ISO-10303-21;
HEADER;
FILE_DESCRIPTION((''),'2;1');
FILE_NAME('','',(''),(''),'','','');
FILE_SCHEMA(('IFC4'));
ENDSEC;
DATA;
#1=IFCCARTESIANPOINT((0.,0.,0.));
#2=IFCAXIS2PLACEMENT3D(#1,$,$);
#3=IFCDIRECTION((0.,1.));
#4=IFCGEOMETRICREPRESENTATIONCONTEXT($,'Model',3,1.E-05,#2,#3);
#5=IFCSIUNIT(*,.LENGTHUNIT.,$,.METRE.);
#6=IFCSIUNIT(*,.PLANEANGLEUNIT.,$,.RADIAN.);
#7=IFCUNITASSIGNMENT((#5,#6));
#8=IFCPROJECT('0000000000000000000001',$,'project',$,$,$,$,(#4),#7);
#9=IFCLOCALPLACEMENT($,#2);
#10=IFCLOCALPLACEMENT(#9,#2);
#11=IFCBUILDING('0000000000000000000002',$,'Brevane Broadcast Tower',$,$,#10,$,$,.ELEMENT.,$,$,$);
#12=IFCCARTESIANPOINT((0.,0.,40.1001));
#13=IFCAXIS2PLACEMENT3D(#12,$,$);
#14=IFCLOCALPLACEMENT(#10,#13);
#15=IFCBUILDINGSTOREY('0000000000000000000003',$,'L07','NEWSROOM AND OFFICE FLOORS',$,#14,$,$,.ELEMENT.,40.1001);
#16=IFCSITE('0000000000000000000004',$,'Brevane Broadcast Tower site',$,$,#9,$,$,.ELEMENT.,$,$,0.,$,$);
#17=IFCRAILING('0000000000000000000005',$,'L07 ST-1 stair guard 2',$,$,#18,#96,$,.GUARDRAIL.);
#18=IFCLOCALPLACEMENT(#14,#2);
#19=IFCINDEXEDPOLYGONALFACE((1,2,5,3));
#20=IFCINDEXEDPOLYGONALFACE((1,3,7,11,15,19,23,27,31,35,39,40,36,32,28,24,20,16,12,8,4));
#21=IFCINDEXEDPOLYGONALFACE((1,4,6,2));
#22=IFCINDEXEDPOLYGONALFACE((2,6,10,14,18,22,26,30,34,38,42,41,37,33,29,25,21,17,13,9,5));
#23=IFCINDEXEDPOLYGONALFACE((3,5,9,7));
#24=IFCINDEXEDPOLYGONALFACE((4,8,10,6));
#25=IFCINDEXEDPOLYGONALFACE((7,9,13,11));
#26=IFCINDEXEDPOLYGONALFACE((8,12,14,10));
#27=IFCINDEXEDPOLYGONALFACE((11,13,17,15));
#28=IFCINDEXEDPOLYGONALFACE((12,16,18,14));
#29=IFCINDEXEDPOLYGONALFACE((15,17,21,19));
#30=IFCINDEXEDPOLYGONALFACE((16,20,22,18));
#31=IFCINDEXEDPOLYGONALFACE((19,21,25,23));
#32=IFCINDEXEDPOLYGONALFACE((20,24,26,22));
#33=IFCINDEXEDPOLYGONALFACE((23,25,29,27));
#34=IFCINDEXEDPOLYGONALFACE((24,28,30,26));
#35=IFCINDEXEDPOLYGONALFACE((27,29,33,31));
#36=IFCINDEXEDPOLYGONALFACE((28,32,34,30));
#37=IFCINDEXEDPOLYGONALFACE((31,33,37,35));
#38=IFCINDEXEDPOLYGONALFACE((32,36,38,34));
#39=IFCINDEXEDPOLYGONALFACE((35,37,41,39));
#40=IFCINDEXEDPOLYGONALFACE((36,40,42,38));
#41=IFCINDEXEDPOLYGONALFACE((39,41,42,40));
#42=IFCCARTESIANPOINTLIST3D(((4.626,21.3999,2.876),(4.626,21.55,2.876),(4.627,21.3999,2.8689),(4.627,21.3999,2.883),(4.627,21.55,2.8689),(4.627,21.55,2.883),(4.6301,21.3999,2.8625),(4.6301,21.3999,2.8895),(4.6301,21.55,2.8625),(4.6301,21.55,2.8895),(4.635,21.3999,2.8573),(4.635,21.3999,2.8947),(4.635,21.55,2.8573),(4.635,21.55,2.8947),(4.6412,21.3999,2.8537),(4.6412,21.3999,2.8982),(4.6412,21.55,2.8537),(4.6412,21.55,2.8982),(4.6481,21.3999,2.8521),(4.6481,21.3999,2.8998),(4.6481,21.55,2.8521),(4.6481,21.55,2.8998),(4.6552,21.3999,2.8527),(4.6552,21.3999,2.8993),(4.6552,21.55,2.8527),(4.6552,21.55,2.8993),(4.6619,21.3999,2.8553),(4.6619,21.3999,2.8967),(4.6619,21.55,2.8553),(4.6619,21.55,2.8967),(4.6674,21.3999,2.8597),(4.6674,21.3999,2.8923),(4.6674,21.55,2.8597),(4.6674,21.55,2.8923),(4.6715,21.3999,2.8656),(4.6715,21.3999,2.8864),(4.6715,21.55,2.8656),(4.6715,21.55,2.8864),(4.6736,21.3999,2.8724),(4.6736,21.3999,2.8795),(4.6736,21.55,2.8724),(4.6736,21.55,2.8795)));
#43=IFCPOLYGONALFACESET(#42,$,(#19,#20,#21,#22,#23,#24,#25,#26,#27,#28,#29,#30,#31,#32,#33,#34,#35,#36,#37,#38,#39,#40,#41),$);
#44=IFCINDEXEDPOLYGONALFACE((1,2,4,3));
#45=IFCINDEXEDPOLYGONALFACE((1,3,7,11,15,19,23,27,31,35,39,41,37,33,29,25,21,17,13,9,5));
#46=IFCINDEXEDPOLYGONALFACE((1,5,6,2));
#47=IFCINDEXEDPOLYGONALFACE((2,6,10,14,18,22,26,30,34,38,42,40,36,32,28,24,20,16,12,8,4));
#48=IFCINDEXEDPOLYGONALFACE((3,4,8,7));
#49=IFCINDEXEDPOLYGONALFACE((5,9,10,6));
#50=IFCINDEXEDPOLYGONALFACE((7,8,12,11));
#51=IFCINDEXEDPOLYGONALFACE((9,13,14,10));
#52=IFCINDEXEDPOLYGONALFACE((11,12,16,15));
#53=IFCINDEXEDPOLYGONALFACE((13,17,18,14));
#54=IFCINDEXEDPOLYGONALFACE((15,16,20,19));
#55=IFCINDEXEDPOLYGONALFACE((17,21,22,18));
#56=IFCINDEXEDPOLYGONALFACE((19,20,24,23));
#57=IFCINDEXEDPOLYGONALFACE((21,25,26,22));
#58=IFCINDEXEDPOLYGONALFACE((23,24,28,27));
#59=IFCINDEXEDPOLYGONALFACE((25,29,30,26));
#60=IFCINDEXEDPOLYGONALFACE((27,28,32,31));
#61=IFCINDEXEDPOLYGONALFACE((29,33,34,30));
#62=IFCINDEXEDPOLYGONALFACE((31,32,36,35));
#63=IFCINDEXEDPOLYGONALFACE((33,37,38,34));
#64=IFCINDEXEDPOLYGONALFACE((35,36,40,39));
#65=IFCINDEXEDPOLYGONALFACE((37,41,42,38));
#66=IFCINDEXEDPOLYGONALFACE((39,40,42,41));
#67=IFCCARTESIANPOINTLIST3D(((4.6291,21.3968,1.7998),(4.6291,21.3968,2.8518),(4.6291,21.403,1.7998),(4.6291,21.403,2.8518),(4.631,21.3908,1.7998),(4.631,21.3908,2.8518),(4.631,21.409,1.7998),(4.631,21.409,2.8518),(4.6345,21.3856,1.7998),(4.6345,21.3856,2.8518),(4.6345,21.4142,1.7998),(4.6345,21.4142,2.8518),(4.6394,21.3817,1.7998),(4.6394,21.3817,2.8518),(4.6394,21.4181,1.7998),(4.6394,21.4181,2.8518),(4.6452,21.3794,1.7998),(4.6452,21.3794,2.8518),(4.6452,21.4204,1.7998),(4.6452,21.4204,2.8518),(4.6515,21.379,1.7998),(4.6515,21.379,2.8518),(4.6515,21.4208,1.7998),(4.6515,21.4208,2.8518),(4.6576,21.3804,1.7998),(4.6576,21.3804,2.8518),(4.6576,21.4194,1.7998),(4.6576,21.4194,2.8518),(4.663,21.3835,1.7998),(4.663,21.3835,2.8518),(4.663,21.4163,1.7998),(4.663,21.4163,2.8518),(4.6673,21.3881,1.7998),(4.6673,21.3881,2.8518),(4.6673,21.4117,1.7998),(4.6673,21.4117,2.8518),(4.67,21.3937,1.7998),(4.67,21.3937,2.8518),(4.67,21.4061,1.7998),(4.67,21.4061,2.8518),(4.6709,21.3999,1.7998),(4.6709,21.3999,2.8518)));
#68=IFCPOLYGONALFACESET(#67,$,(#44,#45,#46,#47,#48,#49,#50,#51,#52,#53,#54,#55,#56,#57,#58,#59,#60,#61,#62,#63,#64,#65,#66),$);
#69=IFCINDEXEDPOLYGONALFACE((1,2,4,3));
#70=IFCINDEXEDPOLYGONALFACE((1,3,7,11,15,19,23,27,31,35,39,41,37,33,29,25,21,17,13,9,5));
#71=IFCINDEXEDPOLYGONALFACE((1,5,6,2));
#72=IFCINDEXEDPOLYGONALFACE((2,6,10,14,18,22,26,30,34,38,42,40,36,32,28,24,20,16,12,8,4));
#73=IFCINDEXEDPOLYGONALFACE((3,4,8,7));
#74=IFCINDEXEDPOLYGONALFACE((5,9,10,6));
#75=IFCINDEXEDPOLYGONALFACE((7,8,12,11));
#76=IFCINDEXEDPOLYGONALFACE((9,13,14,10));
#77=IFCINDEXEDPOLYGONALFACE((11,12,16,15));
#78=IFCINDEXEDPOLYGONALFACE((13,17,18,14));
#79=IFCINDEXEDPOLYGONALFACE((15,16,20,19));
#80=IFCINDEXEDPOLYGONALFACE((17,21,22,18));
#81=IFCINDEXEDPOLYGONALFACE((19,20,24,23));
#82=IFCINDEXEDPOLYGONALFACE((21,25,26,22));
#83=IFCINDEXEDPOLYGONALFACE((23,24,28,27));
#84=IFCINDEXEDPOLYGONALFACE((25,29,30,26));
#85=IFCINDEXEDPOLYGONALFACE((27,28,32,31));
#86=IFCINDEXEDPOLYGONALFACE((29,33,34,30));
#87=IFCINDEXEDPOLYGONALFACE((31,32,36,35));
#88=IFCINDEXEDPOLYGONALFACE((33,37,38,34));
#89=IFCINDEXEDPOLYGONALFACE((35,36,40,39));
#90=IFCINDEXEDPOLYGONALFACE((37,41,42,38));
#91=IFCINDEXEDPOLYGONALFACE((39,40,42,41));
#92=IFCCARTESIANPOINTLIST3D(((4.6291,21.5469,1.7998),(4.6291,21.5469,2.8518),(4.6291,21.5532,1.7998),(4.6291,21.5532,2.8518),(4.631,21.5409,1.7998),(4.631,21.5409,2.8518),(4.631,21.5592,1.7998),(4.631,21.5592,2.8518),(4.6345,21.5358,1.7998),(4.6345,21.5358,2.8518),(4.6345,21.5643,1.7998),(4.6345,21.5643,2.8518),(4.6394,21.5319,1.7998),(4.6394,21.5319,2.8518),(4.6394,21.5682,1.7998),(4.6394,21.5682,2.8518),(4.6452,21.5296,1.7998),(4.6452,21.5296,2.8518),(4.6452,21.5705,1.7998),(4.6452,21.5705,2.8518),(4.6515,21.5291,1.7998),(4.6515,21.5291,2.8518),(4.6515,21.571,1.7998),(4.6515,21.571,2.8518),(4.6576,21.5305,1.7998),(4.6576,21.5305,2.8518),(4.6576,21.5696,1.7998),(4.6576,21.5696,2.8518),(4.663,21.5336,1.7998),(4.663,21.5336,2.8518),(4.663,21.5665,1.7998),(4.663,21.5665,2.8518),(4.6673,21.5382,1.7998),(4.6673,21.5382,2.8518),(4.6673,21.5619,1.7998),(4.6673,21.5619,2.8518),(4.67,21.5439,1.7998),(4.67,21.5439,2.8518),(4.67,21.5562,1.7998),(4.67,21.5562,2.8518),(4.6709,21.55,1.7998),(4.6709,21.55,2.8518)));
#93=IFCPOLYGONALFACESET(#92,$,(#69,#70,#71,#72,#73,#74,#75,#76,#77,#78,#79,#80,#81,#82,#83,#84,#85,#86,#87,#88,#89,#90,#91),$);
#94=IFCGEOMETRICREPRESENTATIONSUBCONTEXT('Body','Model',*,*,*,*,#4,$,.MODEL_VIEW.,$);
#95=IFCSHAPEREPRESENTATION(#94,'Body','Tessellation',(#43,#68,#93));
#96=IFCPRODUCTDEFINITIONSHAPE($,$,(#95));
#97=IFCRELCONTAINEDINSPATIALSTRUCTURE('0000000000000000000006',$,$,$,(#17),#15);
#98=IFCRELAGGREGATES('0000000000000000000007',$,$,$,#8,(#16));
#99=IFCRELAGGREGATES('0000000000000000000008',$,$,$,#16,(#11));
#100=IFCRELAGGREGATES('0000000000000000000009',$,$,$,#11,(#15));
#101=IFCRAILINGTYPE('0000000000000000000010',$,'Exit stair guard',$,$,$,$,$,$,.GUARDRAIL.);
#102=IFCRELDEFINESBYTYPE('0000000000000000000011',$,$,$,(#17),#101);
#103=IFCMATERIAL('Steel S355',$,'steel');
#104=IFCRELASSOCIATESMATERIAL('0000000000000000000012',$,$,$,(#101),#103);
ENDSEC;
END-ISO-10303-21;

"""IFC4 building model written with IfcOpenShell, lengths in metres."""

from ifc_helpers import new_model, si_unit, direction, frame, origin, origin_2d, place, context, subcontext, project, spatial, circle, extrude, material, type_object, element, save


model = new_model("IFC4")

# Units and contexts
model_context = context("Model", 3, precision=1e-05, world=origin(), true_north=direction((0.0, 1.0)))
body_context = subcontext(model_context, "Body", "Model", "MODEL_VIEW")
ifc_project = project(units=[si_unit("LENGTHUNIT", "METRE"), si_unit("PLANEANGLEUNIT", "RADIAN")], contexts=[model_context])

# Site, building, storey
site_placement = place(None, origin())
site = spatial("IfcSite", under=ifc_project, at=site_placement, Name="Brevane Broadcast Tower site", CompositionType="ELEMENT", RefElevation=0.0)
building_placement = place(site_placement, origin())
building = spatial("IfcBuilding", under=site, at=building_placement, Name="Brevane Broadcast Tower", CompositionType="ELEMENT")
storey_placement = place(building_placement, frame((0.0, 0.0, 40.1001)))
storey = spatial("IfcBuildingStorey", under=building, at=storey_placement, Name="L07", Description="NEWSROOM AND OFFICE FLOORS", CompositionType="ELEMENT", Elevation=40.1001)

# Railing
ifc_material_1 = material(Name="Steel S355", Category="steel")
railing_type_1 = type_object("IfcRailingType", Name="Exit stair guard", PredefinedType="GUARDRAIL", material=ifc_material_1)
railing_1_placement = place(storey_placement, frame((4.6499, 21.3999, 1.7998)))
element("IfcRailing", 1, at=railing_1_placement, inside=storey, type_object=railing_type_1, Name="L07 ST-1 stair guard 2", PredefinedType="GUARDRAIL", context=body_context, shape_type="SweptSolid", body=[
    extrude(circle(Radius=0.0239, at=origin_2d()), frame((0.0, 0.0, 1.0762), z_axis=(0.0, 1.0, 0.0), x_axis=(-1.0, 0.0, 0.0)), (0.0, 0.0, 1.0), 0.1501),
    extrude(circle(Radius=0.021, at=origin_2d()), origin(), (0.0, 0.0, 1.0), 1.052),
    extrude(circle(Radius=0.021, at=origin_2d()), frame((0.0, 0.1501, 0.0)), (0.0, 0.0, 1.0), 1.052),
])

save(model, "model.ifc")
